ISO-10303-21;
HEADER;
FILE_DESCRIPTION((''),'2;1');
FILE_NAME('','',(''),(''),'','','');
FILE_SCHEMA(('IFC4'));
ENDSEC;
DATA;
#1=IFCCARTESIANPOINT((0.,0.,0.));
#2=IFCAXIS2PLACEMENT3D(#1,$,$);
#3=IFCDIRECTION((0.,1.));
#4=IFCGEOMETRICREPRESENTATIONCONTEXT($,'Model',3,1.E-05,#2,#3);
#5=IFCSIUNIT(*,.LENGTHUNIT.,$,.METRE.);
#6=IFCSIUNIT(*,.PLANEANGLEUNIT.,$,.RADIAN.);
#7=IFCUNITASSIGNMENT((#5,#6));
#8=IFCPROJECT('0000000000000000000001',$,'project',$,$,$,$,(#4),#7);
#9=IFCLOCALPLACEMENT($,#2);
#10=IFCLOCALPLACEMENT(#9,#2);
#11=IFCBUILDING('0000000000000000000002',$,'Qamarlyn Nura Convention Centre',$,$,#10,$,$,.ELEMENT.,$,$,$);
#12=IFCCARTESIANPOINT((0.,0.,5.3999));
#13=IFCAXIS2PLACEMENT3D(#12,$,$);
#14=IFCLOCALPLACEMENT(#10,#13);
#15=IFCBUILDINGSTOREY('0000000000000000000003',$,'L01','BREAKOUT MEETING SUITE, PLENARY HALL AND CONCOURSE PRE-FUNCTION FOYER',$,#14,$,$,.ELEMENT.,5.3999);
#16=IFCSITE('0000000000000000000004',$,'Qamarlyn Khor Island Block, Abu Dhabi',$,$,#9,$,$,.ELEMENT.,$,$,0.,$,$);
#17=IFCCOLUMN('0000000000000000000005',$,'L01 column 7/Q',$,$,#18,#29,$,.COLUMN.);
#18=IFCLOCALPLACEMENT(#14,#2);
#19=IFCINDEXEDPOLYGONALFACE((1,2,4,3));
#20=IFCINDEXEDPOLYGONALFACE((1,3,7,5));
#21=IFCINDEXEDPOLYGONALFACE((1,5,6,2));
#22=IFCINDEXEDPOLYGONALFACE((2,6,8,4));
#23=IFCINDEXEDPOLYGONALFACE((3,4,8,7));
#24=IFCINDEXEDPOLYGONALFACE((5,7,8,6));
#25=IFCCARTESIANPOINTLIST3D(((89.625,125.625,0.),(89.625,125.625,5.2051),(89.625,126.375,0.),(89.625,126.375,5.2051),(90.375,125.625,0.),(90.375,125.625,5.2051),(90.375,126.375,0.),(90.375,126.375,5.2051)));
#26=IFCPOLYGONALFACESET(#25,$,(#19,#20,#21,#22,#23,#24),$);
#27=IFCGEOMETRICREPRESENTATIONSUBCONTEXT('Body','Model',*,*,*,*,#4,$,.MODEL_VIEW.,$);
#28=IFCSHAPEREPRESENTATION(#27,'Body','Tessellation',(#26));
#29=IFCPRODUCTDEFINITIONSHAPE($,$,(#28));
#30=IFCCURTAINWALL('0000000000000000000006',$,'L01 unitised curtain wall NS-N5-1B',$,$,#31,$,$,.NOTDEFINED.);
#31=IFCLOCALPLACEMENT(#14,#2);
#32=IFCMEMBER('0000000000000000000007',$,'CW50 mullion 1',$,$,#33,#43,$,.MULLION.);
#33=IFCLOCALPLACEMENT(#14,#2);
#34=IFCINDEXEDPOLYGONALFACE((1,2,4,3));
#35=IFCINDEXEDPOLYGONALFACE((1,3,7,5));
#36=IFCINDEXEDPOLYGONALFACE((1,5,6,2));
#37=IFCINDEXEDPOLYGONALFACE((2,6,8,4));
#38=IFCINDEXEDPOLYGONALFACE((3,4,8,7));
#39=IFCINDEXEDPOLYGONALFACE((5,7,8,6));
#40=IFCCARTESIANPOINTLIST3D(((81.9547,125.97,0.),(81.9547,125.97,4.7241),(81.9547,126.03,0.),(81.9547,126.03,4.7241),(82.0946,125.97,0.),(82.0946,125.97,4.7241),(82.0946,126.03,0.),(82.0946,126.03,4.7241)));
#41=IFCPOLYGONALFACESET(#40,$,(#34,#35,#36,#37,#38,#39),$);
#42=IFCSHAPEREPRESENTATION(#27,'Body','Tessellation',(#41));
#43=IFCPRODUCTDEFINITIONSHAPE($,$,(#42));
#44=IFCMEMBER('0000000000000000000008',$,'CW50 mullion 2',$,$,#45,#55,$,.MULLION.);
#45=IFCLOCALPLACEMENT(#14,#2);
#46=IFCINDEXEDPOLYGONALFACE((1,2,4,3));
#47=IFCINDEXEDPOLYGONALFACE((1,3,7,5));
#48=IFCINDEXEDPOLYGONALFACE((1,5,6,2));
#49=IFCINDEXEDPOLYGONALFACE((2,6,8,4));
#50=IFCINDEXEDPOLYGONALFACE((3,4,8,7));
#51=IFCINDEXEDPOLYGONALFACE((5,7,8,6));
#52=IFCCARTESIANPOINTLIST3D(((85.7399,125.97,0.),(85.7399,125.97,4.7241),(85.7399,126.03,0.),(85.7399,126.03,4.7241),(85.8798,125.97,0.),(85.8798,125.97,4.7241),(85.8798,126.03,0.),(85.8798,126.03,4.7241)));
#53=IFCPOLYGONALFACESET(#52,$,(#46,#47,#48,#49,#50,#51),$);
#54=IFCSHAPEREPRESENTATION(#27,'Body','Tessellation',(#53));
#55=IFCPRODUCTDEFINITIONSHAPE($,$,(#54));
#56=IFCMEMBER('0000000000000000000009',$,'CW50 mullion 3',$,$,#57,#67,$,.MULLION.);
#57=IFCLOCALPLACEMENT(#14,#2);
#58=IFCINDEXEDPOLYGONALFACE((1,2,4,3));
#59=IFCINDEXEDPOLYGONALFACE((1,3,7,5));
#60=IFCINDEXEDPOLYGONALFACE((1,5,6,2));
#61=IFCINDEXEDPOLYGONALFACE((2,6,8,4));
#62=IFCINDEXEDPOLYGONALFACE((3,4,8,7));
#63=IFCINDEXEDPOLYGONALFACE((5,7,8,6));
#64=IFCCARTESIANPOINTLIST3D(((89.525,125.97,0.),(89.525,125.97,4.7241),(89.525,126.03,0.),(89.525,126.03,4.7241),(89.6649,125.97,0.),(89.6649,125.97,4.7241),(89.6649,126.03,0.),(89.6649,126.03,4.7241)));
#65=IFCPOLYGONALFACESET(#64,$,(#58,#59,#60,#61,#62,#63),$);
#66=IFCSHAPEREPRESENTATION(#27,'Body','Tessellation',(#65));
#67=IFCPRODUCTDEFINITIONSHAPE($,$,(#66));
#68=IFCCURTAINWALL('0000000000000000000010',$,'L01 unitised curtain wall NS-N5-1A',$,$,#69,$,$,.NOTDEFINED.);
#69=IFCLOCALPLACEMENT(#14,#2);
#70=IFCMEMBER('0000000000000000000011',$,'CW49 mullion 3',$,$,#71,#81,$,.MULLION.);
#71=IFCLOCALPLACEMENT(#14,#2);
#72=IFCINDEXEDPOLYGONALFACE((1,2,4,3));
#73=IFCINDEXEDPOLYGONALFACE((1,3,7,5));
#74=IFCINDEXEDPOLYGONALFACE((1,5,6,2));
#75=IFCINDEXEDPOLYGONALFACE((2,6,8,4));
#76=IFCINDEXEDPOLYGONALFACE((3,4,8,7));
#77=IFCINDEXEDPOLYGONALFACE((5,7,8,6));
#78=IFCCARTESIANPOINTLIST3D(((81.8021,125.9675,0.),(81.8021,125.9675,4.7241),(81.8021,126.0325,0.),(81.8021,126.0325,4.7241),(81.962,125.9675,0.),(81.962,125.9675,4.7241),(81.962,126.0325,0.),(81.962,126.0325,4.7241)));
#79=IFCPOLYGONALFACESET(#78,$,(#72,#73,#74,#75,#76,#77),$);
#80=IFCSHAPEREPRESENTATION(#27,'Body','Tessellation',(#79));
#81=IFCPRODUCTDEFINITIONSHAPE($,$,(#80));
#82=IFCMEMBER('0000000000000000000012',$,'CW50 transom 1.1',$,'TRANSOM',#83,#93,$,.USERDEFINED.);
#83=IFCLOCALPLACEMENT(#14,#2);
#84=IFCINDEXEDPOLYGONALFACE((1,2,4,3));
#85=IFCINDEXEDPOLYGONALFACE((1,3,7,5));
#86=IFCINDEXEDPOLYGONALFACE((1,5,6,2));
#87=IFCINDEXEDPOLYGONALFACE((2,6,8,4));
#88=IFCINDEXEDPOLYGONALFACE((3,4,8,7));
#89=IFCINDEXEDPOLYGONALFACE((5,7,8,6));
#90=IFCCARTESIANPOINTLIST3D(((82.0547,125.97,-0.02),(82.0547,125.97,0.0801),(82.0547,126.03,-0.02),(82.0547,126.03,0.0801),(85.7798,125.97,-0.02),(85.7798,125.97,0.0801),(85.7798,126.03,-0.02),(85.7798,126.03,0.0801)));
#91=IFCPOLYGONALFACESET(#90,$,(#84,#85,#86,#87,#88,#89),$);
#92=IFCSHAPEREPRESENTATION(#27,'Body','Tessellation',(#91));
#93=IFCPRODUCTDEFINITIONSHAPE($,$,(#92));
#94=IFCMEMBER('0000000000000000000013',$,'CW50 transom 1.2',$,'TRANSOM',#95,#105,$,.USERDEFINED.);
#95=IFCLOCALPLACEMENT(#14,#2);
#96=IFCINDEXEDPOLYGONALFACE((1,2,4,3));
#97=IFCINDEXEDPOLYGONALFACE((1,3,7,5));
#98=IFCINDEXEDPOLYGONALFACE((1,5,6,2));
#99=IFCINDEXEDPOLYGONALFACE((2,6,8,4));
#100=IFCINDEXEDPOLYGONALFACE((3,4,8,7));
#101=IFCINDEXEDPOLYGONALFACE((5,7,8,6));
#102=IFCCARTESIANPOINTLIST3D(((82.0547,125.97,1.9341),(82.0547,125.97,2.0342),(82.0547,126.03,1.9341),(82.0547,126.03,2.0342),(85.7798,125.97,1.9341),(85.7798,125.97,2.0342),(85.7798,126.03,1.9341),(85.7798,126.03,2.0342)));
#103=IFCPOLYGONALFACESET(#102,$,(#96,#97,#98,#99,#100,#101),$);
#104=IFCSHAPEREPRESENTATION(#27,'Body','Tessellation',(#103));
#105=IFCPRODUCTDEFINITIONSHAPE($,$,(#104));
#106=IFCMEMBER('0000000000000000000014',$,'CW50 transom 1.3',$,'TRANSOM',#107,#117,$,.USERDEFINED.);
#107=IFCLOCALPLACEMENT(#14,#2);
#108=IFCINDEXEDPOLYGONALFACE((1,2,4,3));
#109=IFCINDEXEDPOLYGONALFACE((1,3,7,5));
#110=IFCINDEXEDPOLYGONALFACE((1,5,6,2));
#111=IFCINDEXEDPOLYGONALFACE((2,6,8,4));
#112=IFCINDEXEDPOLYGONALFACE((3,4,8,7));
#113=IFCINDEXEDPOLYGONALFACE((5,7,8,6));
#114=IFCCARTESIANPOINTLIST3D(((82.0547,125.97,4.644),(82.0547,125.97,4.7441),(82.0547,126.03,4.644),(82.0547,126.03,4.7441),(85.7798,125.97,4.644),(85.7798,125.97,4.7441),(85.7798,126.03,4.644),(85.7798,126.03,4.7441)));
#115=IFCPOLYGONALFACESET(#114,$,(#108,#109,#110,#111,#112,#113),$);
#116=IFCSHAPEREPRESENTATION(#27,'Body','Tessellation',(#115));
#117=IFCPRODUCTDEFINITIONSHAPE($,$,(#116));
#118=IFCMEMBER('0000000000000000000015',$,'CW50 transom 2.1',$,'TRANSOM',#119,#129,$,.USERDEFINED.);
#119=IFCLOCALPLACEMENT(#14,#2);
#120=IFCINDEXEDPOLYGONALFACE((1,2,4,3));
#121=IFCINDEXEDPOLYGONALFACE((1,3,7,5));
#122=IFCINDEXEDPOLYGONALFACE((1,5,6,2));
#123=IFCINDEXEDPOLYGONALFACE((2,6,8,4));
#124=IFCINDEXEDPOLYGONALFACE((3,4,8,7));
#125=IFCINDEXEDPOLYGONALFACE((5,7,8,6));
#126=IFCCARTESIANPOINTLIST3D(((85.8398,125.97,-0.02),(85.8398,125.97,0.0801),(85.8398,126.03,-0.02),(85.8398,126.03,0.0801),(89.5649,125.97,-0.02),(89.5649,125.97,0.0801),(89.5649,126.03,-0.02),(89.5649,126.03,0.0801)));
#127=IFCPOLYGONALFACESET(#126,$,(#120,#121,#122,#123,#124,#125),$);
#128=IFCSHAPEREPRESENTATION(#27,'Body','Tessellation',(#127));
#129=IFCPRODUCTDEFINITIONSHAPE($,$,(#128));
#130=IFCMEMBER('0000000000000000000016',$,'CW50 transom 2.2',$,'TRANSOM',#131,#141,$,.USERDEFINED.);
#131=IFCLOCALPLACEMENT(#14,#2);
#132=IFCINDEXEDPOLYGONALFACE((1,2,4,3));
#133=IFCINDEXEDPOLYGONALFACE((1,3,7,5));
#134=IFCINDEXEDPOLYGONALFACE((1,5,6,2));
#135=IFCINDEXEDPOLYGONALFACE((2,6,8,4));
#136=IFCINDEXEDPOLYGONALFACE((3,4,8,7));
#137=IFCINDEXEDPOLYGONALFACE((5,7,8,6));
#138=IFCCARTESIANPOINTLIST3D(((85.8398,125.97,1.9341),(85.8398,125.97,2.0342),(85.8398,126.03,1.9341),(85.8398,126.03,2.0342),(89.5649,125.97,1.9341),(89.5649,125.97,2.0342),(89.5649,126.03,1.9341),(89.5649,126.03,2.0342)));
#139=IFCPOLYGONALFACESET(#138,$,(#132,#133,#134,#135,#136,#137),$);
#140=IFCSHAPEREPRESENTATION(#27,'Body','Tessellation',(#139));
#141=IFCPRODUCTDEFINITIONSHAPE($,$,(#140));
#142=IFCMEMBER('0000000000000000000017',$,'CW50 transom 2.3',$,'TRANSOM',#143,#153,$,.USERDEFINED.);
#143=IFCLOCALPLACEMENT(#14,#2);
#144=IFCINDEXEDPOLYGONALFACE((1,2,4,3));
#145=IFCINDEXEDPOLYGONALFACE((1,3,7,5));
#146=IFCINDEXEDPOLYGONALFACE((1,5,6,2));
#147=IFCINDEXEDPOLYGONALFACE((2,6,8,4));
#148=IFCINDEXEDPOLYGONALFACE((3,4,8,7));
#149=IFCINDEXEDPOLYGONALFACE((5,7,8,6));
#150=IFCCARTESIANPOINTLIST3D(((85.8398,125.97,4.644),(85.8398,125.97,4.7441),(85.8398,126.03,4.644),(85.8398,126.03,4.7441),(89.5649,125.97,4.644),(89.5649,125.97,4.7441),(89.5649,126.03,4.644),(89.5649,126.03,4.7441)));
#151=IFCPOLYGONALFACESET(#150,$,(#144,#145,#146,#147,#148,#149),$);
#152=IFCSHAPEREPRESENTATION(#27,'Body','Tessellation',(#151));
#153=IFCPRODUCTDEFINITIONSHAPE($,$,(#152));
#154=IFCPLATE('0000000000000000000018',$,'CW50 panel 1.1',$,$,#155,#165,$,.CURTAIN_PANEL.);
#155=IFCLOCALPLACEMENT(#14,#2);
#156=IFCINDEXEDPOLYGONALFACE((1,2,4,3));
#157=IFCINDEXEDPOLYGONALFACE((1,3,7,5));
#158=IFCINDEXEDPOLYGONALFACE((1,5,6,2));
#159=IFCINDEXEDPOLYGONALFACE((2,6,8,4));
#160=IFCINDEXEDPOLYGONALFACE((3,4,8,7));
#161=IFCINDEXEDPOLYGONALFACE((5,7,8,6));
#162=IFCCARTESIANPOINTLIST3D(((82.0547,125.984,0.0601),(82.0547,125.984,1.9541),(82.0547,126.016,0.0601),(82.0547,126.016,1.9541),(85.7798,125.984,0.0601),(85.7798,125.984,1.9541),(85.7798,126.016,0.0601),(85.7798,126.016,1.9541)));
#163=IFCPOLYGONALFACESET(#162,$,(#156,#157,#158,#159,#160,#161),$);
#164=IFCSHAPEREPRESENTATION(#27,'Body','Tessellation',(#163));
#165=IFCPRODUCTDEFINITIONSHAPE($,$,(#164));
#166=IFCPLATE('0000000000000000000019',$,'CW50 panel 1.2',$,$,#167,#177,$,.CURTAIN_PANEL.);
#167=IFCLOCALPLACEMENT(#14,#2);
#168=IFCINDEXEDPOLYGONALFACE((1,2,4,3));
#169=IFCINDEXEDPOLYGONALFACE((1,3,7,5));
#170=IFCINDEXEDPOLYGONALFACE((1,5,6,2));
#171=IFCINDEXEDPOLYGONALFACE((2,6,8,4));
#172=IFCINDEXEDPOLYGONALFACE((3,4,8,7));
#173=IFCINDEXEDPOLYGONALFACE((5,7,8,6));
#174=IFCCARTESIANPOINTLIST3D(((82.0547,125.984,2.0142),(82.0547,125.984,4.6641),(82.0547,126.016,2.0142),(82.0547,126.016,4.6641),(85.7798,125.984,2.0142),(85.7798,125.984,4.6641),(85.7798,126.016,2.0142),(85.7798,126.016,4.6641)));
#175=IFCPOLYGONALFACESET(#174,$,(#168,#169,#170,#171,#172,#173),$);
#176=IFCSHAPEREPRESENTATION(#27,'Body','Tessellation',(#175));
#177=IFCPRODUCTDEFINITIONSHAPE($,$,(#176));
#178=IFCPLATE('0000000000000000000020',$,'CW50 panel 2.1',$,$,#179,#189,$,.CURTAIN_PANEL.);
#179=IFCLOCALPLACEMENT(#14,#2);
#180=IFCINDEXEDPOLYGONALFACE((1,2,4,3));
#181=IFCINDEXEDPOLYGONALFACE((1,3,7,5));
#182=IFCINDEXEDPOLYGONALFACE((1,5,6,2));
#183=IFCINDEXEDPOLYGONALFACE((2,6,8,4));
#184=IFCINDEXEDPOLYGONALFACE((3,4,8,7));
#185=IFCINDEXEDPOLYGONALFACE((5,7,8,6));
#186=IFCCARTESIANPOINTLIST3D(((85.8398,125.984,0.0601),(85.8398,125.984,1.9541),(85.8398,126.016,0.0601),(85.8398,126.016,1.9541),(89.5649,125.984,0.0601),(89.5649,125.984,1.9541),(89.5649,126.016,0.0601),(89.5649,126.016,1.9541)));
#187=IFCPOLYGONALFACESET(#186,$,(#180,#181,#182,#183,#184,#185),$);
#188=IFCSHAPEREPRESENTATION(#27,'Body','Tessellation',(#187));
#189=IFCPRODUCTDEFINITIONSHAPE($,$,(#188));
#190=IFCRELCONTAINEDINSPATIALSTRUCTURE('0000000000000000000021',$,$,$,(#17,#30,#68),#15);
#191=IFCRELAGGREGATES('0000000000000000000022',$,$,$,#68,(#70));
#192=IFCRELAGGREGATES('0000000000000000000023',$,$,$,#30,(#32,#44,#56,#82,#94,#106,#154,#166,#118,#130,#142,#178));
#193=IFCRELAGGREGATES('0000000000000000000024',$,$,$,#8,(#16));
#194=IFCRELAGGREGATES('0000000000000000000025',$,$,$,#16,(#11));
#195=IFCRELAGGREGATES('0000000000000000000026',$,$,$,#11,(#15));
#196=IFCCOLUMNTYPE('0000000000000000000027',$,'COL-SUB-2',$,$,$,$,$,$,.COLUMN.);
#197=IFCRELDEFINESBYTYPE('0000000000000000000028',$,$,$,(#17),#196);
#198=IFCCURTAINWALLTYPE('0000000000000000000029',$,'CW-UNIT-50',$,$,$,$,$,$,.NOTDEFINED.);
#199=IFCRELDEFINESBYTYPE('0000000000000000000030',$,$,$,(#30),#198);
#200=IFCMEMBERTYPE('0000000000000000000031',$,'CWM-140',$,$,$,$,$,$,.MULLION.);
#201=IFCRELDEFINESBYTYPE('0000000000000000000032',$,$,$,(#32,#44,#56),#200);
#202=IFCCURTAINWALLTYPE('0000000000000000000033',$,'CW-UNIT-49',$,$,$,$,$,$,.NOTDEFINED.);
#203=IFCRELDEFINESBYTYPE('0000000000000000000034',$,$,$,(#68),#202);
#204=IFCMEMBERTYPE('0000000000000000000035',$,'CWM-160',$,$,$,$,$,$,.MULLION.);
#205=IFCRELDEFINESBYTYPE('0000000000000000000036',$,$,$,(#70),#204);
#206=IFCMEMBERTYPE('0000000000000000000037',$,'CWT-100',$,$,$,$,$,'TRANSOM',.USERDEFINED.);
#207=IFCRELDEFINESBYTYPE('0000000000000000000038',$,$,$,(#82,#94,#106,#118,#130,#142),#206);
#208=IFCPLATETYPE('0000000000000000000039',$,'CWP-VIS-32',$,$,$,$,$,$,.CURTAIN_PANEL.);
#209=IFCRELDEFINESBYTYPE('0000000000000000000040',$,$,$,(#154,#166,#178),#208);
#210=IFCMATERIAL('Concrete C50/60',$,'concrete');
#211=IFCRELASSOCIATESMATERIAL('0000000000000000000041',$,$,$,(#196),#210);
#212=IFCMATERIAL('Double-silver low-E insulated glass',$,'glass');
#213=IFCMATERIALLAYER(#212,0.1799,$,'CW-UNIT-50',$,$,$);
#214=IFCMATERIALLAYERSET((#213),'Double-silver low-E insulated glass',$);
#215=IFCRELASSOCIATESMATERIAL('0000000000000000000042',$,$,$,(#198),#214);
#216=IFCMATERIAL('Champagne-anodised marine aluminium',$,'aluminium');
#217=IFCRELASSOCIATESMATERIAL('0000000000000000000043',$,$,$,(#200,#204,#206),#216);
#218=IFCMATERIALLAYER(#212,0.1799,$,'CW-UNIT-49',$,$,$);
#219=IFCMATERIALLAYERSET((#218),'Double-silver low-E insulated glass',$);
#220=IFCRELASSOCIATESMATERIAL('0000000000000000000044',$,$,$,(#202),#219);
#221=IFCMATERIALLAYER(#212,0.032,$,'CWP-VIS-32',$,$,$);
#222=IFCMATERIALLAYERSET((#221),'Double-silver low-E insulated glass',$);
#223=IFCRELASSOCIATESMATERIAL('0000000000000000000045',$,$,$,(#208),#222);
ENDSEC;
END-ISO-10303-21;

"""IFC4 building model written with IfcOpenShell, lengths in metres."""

from ifc_helpers import new_model, si_unit, direction, frame, origin, origin_2d, place, context, subcontext, project, spatial, rectangle, extrude, material, layer, layer_set, material_profile, profile_set, type_object, element, aggregate, save


model = new_model("IFC4")

# Units and contexts
model_context = context("Model", 3, precision=1e-05, world=origin(), true_north=direction((0.0, 1.0)))
body_context = subcontext(model_context, "Body", "Model", "MODEL_VIEW")
ifc_project = project(units=[si_unit("LENGTHUNIT", "METRE"), si_unit("PLANEANGLEUNIT", "RADIAN")], contexts=[model_context])

# Site, building, storey
site_placement = place(None, origin())
site = spatial("IfcSite", under=ifc_project, at=site_placement, Name="Qamarlyn Khor Island Block, Abu Dhabi", CompositionType="ELEMENT", RefElevation=0.0)
building_placement = place(site_placement, origin())
building = spatial("IfcBuilding", under=site, at=building_placement, Name="Qamarlyn Nura Convention Centre", CompositionType="ELEMENT")
storey_placement = place(building_placement, frame((0.0, 0.0, 5.3999)))
storey = spatial("IfcBuildingStorey", under=building, at=storey_placement, Name="L01", Description="BREAKOUT MEETING SUITE, PLENARY HALL AND CONCOURSE PRE-FUNCTION FOYER", CompositionType="ELEMENT", Elevation=5.3999)

# Column
ifc_material_1 = material(Name="Concrete C50/60", Category="concrete")
ifc_material_profile_1 = material_profile(ifc_material_1, rectangle(XDim=0.75, YDim=0.75, at=origin_2d()), Name="RC 750x750")
ifc_profile_set_1 = profile_set([ifc_material_profile_1], Name="Concrete C50/60")
column_type = type_object("IfcColumnType", Name="COL-SUB-2", PredefinedType="COLUMN", material=ifc_profile_set_1)
column_placement = place(storey_placement, frame((90.0, 126.0, 0.0), z_axis=(0.0, 0.0, 1.0), x_axis=(1.0, 0.0, 0.0)))
element("IfcColumn", 1, at=column_placement, inside=storey, type_object=column_type, Name="L01 column 7/Q", PredefinedType="COLUMN", context=body_context, shape_type="SweptSolid", body=[
    extrude(rectangle(XDim=0.75, YDim=0.75, at=origin_2d()), origin(), (0.0, 0.0, 1.0), 5.2051),
])

# Curtain wall, members
ifc_material_2 = material(Name="Double-silver low-E insulated glass", Category="glass")
ifc_layer_1 = layer(ifc_material_2, 0.1799, Name="CW-UNIT-50")
ifc_layer_set_1 = layer_set([ifc_layer_1], Name="Double-silver low-E insulated glass")
curtain_wall_type_1 = type_object("IfcCurtainWallType", Name="CW-UNIT-50", PredefinedType="NOTDEFINED", material=ifc_layer_set_1)
curtain_wall_1_placement = place(storey_placement, origin())
curtain_wall_1 = element("IfcCurtainWall", 2, at=curtain_wall_1_placement, inside=storey, type_object=curtain_wall_type_1, Name="L01 unitised curtain wall NS-N5-1B", PredefinedType="NOTDEFINED")
ifc_material_3 = material(Name="Champagne-anodised marine aluminium", Category="aluminium")
ifc_material_profile_2 = material_profile(ifc_material_3, rectangle(XDim=0.0601, YDim=0.1399, at=origin_2d()), Name="ALU MULLION 60x140")
ifc_profile_set_2 = profile_set([ifc_material_profile_2], Name="Champagne-anodised marine aluminium")
member_type_1 = type_object("IfcMemberType", Name="CWM-140", PredefinedType="MULLION", material=ifc_profile_set_2)
member_1_placement = place(storey_placement, frame((82.0247, 126.0, 0.0), z_axis=(0.0, 0.0, 1.0), x_axis=(0.0, 1.0, 0.0)))
member_1 = element("IfcMember", 3, at=member_1_placement, type_object=member_type_1, Name="CW50 mullion 1", PredefinedType="MULLION", context=body_context, shape_type="SweptSolid", body=[
    extrude(rectangle(XDim=0.0601, YDim=0.1399, at=origin_2d()), origin(), (0.0, 0.0, 1.0), 4.7241),
])
member_2_placement = place(storey_placement, frame((85.8098, 126.0, 0.0), z_axis=(0.0, 0.0, 1.0), x_axis=(0.0, 1.0, 0.0)))
member_2 = element("IfcMember", 4, at=member_2_placement, type_object=member_type_1, Name="CW50 mullion 2", PredefinedType="MULLION", context=body_context, shape_type="SweptSolid", body=[
    extrude(rectangle(XDim=0.0601, YDim=0.1399, at=origin_2d()), origin(), (0.0, 0.0, 1.0), 4.7241),
])
member_3_placement = place(storey_placement, frame((89.595, 126.0, 0.0), z_axis=(0.0, 0.0, 1.0), x_axis=(0.0, 1.0, 0.0)))
member_3 = element("IfcMember", 5, at=member_3_placement, type_object=member_type_1, Name="CW50 mullion 3", PredefinedType="MULLION", context=body_context, shape_type="SweptSolid", body=[
    extrude(rectangle(XDim=0.0601, YDim=0.1399, at=origin_2d()), origin(), (0.0, 0.0, 1.0), 4.7241),
])

# Curtain wall, member
ifc_layer_2 = layer(ifc_material_2, 0.1799, Name="CW-UNIT-49")
ifc_layer_set_2 = layer_set([ifc_layer_2], Name="Double-silver low-E insulated glass")
curtain_wall_type_2 = type_object("IfcCurtainWallType", Name="CW-UNIT-49", PredefinedType="NOTDEFINED", material=ifc_layer_set_2)
curtain_wall_2_placement = place(storey_placement, origin())
curtain_wall_2 = element("IfcCurtainWall", 6, at=curtain_wall_2_placement, inside=storey, type_object=curtain_wall_type_2, Name="L01 unitised curtain wall NS-N5-1A", PredefinedType="NOTDEFINED")
ifc_material_profile_3 = material_profile(ifc_material_3, rectangle(XDim=0.0649, YDim=0.1599, at=origin_2d()), Name="ALU MULLION 65x160")
ifc_profile_set_3 = profile_set([ifc_material_profile_3], Name="Champagne-anodised marine aluminium")
member_type_2 = type_object("IfcMemberType", Name="CWM-160", PredefinedType="MULLION", material=ifc_profile_set_3)
member_4_placement = place(storey_placement, frame((81.8821, 126.0, 0.0), z_axis=(0.0, 0.0, 1.0), x_axis=(0.0, 1.0, 0.0)))
member_4 = element("IfcMember", 7, at=member_4_placement, type_object=member_type_2, Name="CW49 mullion 3", PredefinedType="MULLION", context=body_context, shape_type="SweptSolid", body=[
    extrude(rectangle(XDim=0.0649, YDim=0.1599, at=origin_2d()), origin(), (0.0, 0.0, 1.0), 4.7241),
])
aggregate(curtain_wall_2, [member_4])

# Members
ifc_material_profile_4 = material_profile(ifc_material_3, rectangle(XDim=0.0601, YDim=0.1001, at=origin_2d()), Name="ALU TRANSOM 60x100")
ifc_profile_set_4 = profile_set([ifc_material_profile_4], Name="Champagne-anodised marine aluminium")
member_type_3 = type_object("IfcMemberType", Name="CWT-100", ElementType="TRANSOM", PredefinedType="USERDEFINED", material=ifc_profile_set_4)
member_5_placement = place(storey_placement, frame((82.0547, 126.0, 0.03), z_axis=(1.0, 0.0, 0.0), x_axis=(0.0, 1.0, 0.0)))
member_5 = element("IfcMember", 8, at=member_5_placement, type_object=member_type_3, Name="CW50 transom 1.1", ObjectType="TRANSOM", PredefinedType="USERDEFINED", context=body_context, shape_type="SweptSolid", body=[
    extrude(rectangle(XDim=0.0601, YDim=0.1001, at=origin_2d()), origin(), (0.0, 0.0, 1.0), 3.7251),
])
member_6_placement = place(storey_placement, frame((82.0547, 126.0, 1.9841), z_axis=(1.0, 0.0, 0.0), x_axis=(0.0, 1.0, 0.0)))
member_6 = element("IfcMember", 9, at=member_6_placement, type_object=member_type_3, Name="CW50 transom 1.2", ObjectType="TRANSOM", PredefinedType="USERDEFINED", context=body_context, shape_type="SweptSolid", body=[
    extrude(rectangle(XDim=0.0601, YDim=0.1001, at=origin_2d()), origin(), (0.0, 0.0, 1.0), 3.7251),
])
member_7_placement = place(storey_placement, frame((82.0547, 126.0, 4.6941), z_axis=(1.0, 0.0, 0.0), x_axis=(0.0, 1.0, 0.0)))
member_7 = element("IfcMember", 10, at=member_7_placement, type_object=member_type_3, Name="CW50 transom 1.3", ObjectType="TRANSOM", PredefinedType="USERDEFINED", context=body_context, shape_type="SweptSolid", body=[
    extrude(rectangle(XDim=0.0601, YDim=0.1001, at=origin_2d()), origin(), (0.0, 0.0, 1.0), 3.7251),
])
member_8_placement = place(storey_placement, frame((85.8398, 126.0, 0.03), z_axis=(1.0, 0.0, 0.0), x_axis=(0.0, 1.0, 0.0)))
member_8 = element("IfcMember", 11, at=member_8_placement, type_object=member_type_3, Name="CW50 transom 2.1", ObjectType="TRANSOM", PredefinedType="USERDEFINED", context=body_context, shape_type="SweptSolid", body=[
    extrude(rectangle(XDim=0.0601, YDim=0.1001, at=origin_2d()), origin(), (0.0, 0.0, 1.0), 3.7251),
])
member_9_placement = place(storey_placement, frame((85.8398, 126.0, 1.9841), z_axis=(1.0, 0.0, 0.0), x_axis=(0.0, 1.0, 0.0)))
member_9 = element("IfcMember", 12, at=member_9_placement, type_object=member_type_3, Name="CW50 transom 2.2", ObjectType="TRANSOM", PredefinedType="USERDEFINED", context=body_context, shape_type="SweptSolid", body=[
    extrude(rectangle(XDim=0.0601, YDim=0.1001, at=origin_2d()), origin(), (0.0, 0.0, 1.0), 3.7251),
])
member_10_placement = place(storey_placement, frame((85.8398, 126.0, 4.6941), z_axis=(1.0, 0.0, 0.0), x_axis=(0.0, 1.0, 0.0)))
member_10 = element("IfcMember", 13, at=member_10_placement, type_object=member_type_3, Name="CW50 transom 2.3", ObjectType="TRANSOM", PredefinedType="USERDEFINED", context=body_context, shape_type="SweptSolid", body=[
    extrude(rectangle(XDim=0.0601, YDim=0.1001, at=origin_2d()), origin(), (0.0, 0.0, 1.0), 3.7251),
])

# Plates
ifc_layer_3 = layer(ifc_material_2, 0.032, Name="CWP-VIS-32")
ifc_layer_set_3 = layer_set([ifc_layer_3], Name="Double-silver low-E insulated glass")
plate_type = type_object("IfcPlateType", Name="CWP-VIS-32", PredefinedType="CURTAIN_PANEL", material=ifc_layer_set_3)
plate_1_placement = place(storey_placement, frame((83.9172, 126.0, 0.0601), z_axis=(0.0, 0.0, 1.0), x_axis=(1.0, 0.0, 0.0)))
plate_1 = element("IfcPlate", 14, at=plate_1_placement, type_object=plate_type, Name="CW50 panel 1.1", PredefinedType="CURTAIN_PANEL", context=body_context, shape_type="SweptSolid", body=[
    extrude(rectangle(XDim=3.7251, YDim=0.032, at=origin_2d()), origin(), (0.0, 0.0, 1.0), 1.894),
])
plate_2_placement = place(storey_placement, frame((83.9172, 126.0, 2.0142), z_axis=(0.0, 0.0, 1.0), x_axis=(1.0, 0.0, 0.0)))
plate_2 = element("IfcPlate", 15, at=plate_2_placement, type_object=plate_type, Name="CW50 panel 1.2", PredefinedType="CURTAIN_PANEL", context=body_context, shape_type="SweptSolid", body=[
    extrude(rectangle(XDim=3.7251, YDim=0.032, at=origin_2d()), origin(), (0.0, 0.0, 1.0), 2.6499),
])
plate_3_placement = place(storey_placement, frame((87.7024, 126.0, 0.0601), z_axis=(0.0, 0.0, 1.0), x_axis=(1.0, 0.0, 0.0)))
plate_3 = element("IfcPlate", 16, at=plate_3_placement, type_object=plate_type, Name="CW50 panel 2.1", PredefinedType="CURTAIN_PANEL", context=body_context, shape_type="SweptSolid", body=[
    extrude(rectangle(XDim=3.7251, YDim=0.032, at=origin_2d()), origin(), (0.0, 0.0, 1.0), 1.894),
])
aggregate(curtain_wall_1, [member_1, member_2, member_3, member_5, member_6, member_7, plate_1, plate_2, member_8, member_9, member_10, plate_3])

save(model, "model.ifc")
